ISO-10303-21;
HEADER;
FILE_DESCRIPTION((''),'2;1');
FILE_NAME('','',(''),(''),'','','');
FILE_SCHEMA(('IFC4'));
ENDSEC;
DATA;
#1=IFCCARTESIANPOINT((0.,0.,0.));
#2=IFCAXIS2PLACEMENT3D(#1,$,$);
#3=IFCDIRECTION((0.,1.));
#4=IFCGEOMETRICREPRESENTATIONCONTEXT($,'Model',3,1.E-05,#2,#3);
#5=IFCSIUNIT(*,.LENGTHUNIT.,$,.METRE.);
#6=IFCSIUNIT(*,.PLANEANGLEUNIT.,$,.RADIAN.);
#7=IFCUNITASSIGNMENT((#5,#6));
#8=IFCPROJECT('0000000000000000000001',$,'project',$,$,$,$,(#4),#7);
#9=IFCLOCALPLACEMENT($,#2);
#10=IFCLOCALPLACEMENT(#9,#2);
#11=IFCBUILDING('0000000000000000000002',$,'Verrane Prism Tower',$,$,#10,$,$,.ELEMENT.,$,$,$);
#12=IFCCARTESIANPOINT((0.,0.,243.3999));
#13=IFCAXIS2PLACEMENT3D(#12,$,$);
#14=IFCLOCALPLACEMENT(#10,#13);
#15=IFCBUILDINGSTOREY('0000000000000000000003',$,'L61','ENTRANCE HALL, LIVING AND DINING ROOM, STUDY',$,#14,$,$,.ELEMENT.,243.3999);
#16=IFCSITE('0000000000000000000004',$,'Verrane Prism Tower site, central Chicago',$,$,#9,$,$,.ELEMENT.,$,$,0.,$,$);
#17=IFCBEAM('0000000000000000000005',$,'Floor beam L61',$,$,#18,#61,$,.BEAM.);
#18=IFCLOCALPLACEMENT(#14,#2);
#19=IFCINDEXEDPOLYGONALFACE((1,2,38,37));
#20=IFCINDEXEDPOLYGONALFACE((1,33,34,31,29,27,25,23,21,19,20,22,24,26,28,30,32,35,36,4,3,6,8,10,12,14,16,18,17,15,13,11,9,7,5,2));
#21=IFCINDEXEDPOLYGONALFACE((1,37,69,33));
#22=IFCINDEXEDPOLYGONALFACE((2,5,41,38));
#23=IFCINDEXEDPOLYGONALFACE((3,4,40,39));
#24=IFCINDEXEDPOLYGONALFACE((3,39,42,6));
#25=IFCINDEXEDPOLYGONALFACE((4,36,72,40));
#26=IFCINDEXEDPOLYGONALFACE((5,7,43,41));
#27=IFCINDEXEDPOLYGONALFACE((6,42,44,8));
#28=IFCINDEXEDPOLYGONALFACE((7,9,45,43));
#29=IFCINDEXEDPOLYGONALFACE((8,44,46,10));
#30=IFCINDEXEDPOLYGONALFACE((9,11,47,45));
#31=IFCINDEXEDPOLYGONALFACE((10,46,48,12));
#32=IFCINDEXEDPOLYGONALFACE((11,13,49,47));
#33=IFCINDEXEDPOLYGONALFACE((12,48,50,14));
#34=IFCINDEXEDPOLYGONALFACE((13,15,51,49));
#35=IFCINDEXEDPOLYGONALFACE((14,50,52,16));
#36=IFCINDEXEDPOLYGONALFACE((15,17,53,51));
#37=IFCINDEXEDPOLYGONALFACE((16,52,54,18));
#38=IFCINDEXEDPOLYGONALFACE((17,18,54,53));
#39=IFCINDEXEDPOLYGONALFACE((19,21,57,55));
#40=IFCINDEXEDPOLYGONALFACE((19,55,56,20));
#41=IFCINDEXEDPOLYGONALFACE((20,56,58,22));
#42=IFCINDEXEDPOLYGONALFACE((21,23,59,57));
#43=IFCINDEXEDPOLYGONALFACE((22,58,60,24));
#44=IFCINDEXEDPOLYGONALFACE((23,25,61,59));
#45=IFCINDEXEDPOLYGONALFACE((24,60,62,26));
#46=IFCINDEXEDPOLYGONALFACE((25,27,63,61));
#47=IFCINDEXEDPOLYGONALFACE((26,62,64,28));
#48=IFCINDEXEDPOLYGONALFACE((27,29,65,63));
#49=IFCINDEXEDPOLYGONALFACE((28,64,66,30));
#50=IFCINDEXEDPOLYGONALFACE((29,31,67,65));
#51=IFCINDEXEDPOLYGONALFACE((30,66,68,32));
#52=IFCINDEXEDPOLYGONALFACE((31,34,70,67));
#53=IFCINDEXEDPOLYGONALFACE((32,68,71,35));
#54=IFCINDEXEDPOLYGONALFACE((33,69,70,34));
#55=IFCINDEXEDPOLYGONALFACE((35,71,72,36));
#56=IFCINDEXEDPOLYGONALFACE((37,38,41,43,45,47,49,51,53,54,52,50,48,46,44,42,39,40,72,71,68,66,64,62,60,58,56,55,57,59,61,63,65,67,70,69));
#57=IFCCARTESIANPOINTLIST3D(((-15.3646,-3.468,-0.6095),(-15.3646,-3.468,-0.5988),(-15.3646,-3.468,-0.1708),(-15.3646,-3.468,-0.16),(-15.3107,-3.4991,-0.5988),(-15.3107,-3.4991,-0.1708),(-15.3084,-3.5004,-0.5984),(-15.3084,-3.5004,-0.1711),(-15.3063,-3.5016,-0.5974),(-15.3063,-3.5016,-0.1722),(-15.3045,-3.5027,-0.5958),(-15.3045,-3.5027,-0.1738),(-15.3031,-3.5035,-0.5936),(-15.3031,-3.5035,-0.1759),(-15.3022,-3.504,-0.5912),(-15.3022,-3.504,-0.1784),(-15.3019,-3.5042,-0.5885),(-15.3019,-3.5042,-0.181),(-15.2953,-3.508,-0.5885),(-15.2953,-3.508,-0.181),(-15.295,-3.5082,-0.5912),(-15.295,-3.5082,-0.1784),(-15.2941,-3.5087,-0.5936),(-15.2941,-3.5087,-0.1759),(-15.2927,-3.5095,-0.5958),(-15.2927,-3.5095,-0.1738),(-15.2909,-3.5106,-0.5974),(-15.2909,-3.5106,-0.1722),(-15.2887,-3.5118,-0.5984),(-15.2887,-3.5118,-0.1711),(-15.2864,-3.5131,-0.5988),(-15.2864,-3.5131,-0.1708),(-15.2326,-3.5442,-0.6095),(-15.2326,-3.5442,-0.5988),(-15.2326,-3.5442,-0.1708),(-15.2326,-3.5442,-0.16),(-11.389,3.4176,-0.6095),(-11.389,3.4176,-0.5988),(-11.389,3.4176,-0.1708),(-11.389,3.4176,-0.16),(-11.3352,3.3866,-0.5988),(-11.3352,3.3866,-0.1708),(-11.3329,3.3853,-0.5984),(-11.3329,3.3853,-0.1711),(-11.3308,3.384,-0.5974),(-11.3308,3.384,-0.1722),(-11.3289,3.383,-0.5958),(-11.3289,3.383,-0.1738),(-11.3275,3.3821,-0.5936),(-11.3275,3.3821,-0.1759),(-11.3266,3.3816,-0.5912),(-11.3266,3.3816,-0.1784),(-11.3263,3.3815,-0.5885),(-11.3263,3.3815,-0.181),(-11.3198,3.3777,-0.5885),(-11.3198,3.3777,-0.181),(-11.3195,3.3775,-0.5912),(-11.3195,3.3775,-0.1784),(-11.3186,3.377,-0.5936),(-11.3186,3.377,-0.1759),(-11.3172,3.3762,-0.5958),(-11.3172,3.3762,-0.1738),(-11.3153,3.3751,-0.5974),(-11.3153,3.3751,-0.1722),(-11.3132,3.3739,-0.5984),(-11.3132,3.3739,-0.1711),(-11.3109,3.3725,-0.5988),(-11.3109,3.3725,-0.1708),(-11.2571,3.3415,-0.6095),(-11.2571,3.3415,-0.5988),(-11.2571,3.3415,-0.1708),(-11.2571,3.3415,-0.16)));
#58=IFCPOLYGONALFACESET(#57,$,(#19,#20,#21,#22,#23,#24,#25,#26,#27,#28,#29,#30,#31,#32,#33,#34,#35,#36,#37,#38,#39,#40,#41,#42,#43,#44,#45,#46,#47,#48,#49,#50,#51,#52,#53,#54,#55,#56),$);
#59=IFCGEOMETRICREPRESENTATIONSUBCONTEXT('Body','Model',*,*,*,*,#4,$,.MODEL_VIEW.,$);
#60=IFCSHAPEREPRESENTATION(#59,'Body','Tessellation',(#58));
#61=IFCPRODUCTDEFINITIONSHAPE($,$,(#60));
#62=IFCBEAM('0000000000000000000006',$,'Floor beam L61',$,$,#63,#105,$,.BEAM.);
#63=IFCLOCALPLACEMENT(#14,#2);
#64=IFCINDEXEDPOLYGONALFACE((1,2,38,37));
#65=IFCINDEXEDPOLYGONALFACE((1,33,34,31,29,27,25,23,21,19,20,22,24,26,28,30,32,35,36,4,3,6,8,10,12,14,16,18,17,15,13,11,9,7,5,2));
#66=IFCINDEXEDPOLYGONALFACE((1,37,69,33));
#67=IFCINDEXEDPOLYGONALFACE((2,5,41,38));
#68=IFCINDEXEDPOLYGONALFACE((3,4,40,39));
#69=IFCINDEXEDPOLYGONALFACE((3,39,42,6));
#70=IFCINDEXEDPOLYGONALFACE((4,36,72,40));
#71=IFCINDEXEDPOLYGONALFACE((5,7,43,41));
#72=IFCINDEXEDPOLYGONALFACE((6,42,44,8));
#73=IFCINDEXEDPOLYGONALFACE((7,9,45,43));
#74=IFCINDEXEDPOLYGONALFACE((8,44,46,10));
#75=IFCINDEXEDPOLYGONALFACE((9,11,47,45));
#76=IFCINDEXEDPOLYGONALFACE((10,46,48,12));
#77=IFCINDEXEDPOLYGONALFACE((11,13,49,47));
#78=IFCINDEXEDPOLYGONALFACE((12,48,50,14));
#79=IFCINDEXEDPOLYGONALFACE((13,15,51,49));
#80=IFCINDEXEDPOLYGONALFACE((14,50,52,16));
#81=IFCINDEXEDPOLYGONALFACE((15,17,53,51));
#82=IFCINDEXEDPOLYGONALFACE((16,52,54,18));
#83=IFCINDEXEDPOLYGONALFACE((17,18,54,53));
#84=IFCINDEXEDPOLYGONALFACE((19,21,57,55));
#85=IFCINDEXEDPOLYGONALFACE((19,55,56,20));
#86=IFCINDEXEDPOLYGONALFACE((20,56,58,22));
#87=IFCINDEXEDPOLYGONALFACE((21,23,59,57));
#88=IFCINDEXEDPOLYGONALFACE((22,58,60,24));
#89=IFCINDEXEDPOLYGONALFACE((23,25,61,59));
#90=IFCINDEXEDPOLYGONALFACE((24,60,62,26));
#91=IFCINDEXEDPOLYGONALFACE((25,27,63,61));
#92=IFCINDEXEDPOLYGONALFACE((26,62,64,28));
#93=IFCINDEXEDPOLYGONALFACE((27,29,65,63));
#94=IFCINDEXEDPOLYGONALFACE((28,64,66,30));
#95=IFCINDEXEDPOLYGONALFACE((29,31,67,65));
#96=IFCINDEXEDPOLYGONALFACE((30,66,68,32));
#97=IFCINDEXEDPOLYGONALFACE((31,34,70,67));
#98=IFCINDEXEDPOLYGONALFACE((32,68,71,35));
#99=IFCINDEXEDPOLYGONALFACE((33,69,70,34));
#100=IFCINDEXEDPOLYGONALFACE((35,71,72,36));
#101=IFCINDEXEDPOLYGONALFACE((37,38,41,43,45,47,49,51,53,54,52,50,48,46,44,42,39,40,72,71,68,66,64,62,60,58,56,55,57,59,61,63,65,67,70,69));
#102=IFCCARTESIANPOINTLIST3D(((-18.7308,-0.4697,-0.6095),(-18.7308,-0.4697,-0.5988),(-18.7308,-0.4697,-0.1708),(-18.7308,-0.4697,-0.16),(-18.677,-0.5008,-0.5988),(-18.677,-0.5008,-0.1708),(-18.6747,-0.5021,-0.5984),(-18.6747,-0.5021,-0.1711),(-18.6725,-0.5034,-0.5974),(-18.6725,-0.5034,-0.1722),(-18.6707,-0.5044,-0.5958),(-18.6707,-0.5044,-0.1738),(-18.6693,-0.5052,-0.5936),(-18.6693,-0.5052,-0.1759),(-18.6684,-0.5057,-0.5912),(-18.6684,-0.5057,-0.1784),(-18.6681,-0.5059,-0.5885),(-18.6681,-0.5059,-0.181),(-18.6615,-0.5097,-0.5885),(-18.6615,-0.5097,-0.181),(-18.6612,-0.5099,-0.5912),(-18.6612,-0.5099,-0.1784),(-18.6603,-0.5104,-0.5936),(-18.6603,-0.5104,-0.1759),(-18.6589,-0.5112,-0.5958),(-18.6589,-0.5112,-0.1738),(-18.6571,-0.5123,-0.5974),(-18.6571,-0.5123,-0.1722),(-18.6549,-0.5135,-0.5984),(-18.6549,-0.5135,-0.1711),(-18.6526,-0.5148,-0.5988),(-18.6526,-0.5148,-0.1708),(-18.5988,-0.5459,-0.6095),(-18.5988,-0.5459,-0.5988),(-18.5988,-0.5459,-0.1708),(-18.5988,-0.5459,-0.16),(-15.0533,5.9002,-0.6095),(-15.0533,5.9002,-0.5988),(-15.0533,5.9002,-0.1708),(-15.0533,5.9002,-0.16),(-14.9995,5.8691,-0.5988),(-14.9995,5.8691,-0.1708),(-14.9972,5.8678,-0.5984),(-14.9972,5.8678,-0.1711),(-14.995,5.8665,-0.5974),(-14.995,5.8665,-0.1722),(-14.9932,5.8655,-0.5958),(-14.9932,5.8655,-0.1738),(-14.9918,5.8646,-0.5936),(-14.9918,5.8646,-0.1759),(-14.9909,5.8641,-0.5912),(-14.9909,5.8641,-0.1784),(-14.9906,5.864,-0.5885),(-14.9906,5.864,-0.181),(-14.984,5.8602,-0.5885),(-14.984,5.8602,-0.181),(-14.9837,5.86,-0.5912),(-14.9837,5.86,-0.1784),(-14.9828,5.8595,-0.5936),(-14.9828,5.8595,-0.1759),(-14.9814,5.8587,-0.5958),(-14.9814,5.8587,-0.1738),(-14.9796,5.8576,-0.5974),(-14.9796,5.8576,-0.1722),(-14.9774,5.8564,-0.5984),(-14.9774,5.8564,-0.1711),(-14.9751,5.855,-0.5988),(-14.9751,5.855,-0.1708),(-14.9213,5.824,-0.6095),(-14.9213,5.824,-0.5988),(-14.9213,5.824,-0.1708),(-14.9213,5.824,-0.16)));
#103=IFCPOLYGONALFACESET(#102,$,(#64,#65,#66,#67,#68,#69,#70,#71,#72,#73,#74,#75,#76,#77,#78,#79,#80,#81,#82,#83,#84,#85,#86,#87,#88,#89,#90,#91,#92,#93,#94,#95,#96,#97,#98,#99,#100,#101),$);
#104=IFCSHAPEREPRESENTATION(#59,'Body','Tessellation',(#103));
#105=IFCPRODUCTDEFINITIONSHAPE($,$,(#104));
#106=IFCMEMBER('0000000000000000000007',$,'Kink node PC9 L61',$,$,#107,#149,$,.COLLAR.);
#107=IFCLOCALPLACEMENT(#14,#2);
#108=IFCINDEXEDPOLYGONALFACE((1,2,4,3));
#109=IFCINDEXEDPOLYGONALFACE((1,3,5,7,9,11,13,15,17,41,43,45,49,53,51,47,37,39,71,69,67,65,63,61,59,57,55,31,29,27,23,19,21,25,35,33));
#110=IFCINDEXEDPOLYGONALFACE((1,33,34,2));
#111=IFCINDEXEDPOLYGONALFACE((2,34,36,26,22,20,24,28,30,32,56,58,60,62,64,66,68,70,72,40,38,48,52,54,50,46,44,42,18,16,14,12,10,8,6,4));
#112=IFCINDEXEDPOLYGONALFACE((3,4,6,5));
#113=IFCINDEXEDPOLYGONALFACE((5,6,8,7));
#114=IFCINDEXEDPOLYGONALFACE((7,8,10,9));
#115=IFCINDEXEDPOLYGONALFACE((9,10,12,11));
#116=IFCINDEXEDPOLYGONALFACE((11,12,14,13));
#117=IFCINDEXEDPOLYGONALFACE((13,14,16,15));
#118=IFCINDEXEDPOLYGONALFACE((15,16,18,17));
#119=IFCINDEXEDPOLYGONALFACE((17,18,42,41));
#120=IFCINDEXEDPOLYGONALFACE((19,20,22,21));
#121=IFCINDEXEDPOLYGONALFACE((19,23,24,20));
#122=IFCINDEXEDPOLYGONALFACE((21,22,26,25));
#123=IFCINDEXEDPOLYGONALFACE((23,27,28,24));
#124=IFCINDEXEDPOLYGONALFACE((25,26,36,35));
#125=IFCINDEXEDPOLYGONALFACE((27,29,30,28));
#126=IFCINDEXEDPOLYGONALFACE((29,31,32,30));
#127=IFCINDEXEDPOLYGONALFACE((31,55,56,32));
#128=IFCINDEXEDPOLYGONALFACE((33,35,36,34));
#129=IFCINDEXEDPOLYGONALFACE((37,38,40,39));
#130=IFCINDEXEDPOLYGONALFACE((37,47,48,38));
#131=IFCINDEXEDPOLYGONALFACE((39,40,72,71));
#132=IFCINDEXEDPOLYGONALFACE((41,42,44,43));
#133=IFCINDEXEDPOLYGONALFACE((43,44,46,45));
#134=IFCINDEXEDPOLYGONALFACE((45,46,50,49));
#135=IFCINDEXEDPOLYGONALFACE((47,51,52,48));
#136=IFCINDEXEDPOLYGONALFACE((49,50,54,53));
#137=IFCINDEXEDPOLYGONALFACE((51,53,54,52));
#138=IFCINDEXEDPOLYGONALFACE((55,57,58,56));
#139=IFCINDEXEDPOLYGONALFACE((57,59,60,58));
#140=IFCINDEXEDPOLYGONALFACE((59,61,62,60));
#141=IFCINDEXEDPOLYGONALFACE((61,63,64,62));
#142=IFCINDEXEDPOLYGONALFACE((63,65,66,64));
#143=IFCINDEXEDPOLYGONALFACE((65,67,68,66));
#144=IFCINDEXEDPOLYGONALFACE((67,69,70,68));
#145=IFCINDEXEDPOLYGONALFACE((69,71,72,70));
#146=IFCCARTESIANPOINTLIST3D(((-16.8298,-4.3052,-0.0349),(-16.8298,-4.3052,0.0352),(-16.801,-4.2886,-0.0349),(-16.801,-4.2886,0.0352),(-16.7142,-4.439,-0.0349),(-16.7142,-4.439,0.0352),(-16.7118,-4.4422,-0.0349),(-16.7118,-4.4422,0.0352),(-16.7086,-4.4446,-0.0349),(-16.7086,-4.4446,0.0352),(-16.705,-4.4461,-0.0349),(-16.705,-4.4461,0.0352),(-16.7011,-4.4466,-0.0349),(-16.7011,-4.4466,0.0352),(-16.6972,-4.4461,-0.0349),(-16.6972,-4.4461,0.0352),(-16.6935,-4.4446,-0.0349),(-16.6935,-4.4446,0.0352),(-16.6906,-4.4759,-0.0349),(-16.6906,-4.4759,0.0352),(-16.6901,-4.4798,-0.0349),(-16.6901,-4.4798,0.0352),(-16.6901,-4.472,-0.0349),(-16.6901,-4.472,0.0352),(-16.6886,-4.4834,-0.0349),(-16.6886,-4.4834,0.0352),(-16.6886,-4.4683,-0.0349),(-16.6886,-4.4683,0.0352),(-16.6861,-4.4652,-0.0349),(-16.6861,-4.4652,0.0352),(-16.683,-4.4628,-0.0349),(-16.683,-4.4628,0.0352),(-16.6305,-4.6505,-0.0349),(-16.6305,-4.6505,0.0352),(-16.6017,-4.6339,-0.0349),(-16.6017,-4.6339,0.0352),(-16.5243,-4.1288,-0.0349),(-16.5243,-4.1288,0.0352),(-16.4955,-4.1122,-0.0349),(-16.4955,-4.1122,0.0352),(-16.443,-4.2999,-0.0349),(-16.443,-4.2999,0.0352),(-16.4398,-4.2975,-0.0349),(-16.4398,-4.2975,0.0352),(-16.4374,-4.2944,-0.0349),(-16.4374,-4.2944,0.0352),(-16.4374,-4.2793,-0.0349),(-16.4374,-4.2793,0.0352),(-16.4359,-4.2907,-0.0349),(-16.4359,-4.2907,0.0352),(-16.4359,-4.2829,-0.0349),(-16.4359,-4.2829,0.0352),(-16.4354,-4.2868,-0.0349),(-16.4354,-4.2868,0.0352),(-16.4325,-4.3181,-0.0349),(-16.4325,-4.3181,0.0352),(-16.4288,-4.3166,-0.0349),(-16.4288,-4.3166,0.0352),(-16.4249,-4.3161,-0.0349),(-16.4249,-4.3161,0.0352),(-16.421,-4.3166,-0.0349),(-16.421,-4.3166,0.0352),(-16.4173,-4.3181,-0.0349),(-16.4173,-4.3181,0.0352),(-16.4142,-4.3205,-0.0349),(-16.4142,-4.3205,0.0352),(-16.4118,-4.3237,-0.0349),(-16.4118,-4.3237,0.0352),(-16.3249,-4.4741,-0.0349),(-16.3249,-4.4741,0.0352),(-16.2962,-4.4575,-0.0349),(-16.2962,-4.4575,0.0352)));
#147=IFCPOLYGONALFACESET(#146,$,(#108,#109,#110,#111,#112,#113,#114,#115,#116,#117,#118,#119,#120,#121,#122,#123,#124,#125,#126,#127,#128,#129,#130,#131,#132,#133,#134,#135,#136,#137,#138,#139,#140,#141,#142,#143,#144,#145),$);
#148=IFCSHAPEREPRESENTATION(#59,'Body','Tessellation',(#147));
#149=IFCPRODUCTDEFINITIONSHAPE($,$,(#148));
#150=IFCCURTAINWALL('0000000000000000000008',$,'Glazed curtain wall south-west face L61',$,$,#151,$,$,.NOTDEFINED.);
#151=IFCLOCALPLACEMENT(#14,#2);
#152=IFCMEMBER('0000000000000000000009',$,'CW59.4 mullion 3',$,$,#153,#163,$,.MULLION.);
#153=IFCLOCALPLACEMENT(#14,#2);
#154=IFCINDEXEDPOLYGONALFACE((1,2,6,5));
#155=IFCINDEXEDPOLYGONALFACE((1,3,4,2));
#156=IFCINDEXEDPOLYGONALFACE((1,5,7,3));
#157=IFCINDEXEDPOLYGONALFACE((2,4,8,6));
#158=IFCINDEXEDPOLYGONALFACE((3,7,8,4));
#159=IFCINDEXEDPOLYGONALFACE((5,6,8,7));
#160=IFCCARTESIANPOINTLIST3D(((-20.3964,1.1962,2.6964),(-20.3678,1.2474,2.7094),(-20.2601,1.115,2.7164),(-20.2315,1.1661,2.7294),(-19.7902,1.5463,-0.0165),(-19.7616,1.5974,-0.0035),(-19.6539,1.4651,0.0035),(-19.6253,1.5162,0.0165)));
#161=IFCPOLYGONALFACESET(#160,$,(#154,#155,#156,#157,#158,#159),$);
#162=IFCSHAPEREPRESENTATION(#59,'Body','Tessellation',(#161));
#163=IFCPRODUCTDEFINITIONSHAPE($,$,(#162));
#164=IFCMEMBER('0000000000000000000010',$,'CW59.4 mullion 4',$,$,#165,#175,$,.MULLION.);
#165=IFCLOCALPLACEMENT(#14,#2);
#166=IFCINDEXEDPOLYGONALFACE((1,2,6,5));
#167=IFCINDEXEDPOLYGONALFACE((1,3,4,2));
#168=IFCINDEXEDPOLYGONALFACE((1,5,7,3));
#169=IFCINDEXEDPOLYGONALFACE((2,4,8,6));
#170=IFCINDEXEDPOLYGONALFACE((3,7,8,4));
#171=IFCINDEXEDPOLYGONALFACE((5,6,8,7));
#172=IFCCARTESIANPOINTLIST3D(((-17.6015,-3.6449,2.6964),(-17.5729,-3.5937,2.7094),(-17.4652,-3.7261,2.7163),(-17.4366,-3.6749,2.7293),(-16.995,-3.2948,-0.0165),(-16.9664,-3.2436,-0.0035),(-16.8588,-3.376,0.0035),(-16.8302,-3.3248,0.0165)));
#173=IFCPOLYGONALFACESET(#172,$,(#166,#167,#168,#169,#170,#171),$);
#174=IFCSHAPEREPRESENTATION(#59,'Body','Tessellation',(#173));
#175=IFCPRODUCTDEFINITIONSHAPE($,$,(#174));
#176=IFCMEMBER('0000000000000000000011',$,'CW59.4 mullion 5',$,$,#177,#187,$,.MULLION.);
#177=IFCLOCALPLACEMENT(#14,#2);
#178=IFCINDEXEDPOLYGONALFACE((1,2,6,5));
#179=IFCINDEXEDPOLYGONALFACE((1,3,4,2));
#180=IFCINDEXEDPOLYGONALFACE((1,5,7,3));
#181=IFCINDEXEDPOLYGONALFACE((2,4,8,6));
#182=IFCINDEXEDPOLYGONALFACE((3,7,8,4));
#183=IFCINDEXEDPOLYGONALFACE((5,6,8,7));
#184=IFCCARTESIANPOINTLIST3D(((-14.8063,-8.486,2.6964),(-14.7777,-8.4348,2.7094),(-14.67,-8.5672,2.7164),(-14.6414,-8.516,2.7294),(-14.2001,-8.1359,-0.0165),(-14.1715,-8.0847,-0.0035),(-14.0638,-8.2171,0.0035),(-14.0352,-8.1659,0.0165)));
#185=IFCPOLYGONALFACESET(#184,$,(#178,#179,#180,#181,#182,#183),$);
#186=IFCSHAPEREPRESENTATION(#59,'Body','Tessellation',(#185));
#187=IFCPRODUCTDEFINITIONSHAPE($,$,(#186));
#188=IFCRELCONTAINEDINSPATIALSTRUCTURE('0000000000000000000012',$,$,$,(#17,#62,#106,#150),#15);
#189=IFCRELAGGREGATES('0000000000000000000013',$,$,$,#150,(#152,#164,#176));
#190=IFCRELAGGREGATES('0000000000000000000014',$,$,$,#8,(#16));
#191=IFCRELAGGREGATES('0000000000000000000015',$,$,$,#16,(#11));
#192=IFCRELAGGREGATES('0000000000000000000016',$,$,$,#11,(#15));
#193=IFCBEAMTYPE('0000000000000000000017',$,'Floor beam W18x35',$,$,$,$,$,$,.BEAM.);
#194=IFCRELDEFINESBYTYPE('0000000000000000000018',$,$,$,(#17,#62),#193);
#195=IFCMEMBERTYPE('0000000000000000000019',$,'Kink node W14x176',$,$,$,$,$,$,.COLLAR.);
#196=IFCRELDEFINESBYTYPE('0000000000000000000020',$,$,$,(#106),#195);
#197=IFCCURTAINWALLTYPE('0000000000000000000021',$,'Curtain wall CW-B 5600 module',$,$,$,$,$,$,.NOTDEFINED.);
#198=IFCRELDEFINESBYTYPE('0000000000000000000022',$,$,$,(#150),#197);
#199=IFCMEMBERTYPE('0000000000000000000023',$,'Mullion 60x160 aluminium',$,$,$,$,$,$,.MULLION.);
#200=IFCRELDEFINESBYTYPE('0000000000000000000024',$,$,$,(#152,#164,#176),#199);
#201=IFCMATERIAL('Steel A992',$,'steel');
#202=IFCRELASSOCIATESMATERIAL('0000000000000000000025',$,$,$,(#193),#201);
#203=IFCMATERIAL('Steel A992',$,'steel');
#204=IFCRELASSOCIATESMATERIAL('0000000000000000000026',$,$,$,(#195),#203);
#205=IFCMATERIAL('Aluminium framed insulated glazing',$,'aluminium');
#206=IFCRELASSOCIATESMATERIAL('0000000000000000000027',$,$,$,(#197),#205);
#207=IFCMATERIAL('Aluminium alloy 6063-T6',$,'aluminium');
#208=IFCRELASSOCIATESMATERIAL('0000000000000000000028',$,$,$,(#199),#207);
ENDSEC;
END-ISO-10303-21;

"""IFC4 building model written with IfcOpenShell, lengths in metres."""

from ifc_helpers import new_model, si_unit, direction, frame, origin, origin_2d, place, context, subcontext, project, spatial, rectangle, i_section, extrude, material, material_profile, profile_set, type_object, element, aggregate, save


model = new_model("IFC4")

# Units and contexts
model_context = context("Model", 3, precision=1e-05, world=origin(), true_north=direction((0.0, 1.0)))
body_context = subcontext(model_context, "Body", "Model", "MODEL_VIEW")
ifc_project = project(units=[si_unit("LENGTHUNIT", "METRE"), si_unit("PLANEANGLEUNIT", "RADIAN")], contexts=[model_context])

# Site, building, storey
site_placement = place(None, origin())
site = spatial("IfcSite", under=ifc_project, at=site_placement, Name="Verrane Prism Tower site, central Chicago", CompositionType="ELEMENT", RefElevation=0.0)
building_placement = place(site_placement, origin())
building = spatial("IfcBuilding", under=site, at=building_placement, Name="Verrane Prism Tower", CompositionType="ELEMENT")
storey_placement = place(building_placement, frame((0.0, 0.0, 243.3999)))
storey = spatial("IfcBuildingStorey", under=building, at=storey_placement, Name="L61", Description="ENTRANCE HALL, LIVING AND DINING ROOM, STUDY", CompositionType="ELEMENT", Elevation=243.3999)

# Beams
ifc_material_1 = material(Name="Steel A992", Category="steel")
ifc_material_profile_1 = material_profile(ifc_material_1, i_section(OverallWidth=0.1523, OverallDepth=0.4495, WebThickness=0.0076, FlangeThickness=0.0107, FilletRadius=0.0103, at=origin_2d()), Name="W18x35")
ifc_profile_set_1 = profile_set([ifc_material_profile_1], Name="Steel A992")
beam_type_1 = type_object("IfcBeamType", Name="Floor beam W18x35", PredefinedType="BEAM", material=ifc_profile_set_1)
beam_1_placement = place(storey_placement, frame((-15.2986, -3.5061, -0.3848), z_axis=(0.50001, 0.86602, 0.0), x_axis=(-0.86602, 0.50001, 0.0)))
element("IfcBeam", 1, at=beam_1_placement, inside=storey, type_object=beam_type_1, Name="Floor beam L61", PredefinedType="BEAM", context=body_context, shape_type="SweptSolid", body=[
    extrude(i_section(OverallWidth=0.1523, OverallDepth=0.4495, WebThickness=0.0076, FlangeThickness=0.0107, FilletRadius=0.0103, at=origin_2d()), origin(), (0.0, 0.0, 1.0), 7.9509),
])
beam_2_placement = place(storey_placement, frame((-18.6648, -0.5078, -0.3848), z_axis=(0.499984, 0.866035, 0.0), x_axis=(-0.866035, 0.499984, 0.0)))
element("IfcBeam", 2, at=beam_2_placement, inside=storey, type_object=beam_type_1, Name="Floor beam L61", PredefinedType="BEAM", context=body_context, shape_type="SweptSolid", body=[
    extrude(i_section(OverallWidth=0.1523, OverallDepth=0.4495, WebThickness=0.0076, FlangeThickness=0.0107, FilletRadius=0.0103, at=origin_2d()), origin(), (0.0, 0.0, 1.0), 7.3552),
])

# Member
ifc_material_2 = material(Name="Steel A992", Category="steel")
ifc_material_profile_2 = material_profile(ifc_material_2, i_section(OverallWidth=0.3987, OverallDepth=0.386, WebThickness=0.021, FlangeThickness=0.0332, FilletRadius=0.0151, at=origin_2d()), Name="W14x176")
ifc_profile_set_2 = profile_set([ifc_material_profile_2], Name="Steel A992")
member_type_1 = type_object("IfcMemberType", Name="Kink node W14x176", PredefinedType="COLLAR", material=ifc_profile_set_2)
member_1_placement = place(storey_placement, frame((-16.563, -4.3813, -0.0349), z_axis=(0.0, 0.0, 1.0), x_axis=(-0.5, 0.866025, 0.0)))
element("IfcMember", 3, at=member_1_placement, inside=storey, type_object=member_type_1, Name="Kink node PC9 L61", PredefinedType="COLLAR", context=body_context, shape_type="SweptSolid", body=[
    extrude(i_section(OverallWidth=0.3987, OverallDepth=0.386, WebThickness=0.021, FlangeThickness=0.0332, FilletRadius=0.0151, at=origin_2d()), origin(), (0.0, 0.0, 1.0), 0.0701),
])

# Curtain wall, members
ifc_material_3 = material(Name="Aluminium framed insulated glazing", Category="aluminium")
curtain_wall_type = type_object("IfcCurtainWallType", Name="Curtain wall CW-B 5600 module", PredefinedType="NOTDEFINED", material=ifc_material_3)
curtain_wall_placement = place(storey_placement, origin())
curtain_wall = element("IfcCurtainWall", 4, at=curtain_wall_placement, inside=storey, type_object=curtain_wall_type, Name="Glazed curtain wall south-west face L61", PredefinedType="NOTDEFINED")
ifc_material_4 = material(Name="Aluminium alloy 6063-T6", Category="aluminium")
ifc_material_profile_3 = material_profile(ifc_material_4, rectangle(XDim=0.1599, YDim=0.0601, at=origin_2d()), Name="Mullion 60x160 aluminium")
ifc_profile_set_3 = profile_set([ifc_material_profile_3], Name="Aluminium alloy 6063-T6")
member_type_2 = type_object("IfcMemberType", Name="Mullion 60x160 aluminium", PredefinedType="MULLION", material=ifc_profile_set_3)
member_2_placement = place(storey_placement, frame((-19.7078, 1.5312, 0.0), z_axis=(-0.216365, -0.124957, 0.968283), x_axis=(0.852359, -0.507817, 0.124928)))
member_2 = element("IfcMember", 5, at=member_2_placement, type_object=member_type_2, Name="CW59.4 mullion 3", PredefinedType="MULLION", context=body_context, shape_type="SweptSolid", body=[
    extrude(rectangle(XDim=0.1599, YDim=0.0601, at=origin_2d()), origin(), (0.0, 0.0, 1.0), 2.8018),
])
member_3_placement = place(storey_placement, frame((-16.9126, -3.3098, 0.0), z_axis=(-0.216448, -0.124954, 0.968265), x_axis=(0.852262, -0.50797, 0.124963)))
member_3 = element("IfcMember", 6, at=member_3_placement, type_object=member_type_2, Name="CW59.4 mullion 4", PredefinedType="MULLION", context=body_context, shape_type="SweptSolid", body=[
    extrude(rectangle(XDim=0.1599, YDim=0.0601, at=origin_2d()), origin(), (0.0, 0.0, 1.0), 2.8018),
])
member_4_placement = place(storey_placement, frame((-14.1177, -8.1509, 0.0), z_axis=(-0.216365, -0.124957, 0.968283), x_axis=(0.852359, -0.507817, 0.124928)))
member_4 = element("IfcMember", 7, at=member_4_placement, type_object=member_type_2, Name="CW59.4 mullion 5", PredefinedType="MULLION", context=body_context, shape_type="SweptSolid", body=[
    extrude(rectangle(XDim=0.1599, YDim=0.0601, at=origin_2d()), origin(), (0.0, 0.0, 1.0), 2.8018),
])

aggregate(curtain_wall, [member_2, member_3, member_4])

save(model, "model.ifc")
